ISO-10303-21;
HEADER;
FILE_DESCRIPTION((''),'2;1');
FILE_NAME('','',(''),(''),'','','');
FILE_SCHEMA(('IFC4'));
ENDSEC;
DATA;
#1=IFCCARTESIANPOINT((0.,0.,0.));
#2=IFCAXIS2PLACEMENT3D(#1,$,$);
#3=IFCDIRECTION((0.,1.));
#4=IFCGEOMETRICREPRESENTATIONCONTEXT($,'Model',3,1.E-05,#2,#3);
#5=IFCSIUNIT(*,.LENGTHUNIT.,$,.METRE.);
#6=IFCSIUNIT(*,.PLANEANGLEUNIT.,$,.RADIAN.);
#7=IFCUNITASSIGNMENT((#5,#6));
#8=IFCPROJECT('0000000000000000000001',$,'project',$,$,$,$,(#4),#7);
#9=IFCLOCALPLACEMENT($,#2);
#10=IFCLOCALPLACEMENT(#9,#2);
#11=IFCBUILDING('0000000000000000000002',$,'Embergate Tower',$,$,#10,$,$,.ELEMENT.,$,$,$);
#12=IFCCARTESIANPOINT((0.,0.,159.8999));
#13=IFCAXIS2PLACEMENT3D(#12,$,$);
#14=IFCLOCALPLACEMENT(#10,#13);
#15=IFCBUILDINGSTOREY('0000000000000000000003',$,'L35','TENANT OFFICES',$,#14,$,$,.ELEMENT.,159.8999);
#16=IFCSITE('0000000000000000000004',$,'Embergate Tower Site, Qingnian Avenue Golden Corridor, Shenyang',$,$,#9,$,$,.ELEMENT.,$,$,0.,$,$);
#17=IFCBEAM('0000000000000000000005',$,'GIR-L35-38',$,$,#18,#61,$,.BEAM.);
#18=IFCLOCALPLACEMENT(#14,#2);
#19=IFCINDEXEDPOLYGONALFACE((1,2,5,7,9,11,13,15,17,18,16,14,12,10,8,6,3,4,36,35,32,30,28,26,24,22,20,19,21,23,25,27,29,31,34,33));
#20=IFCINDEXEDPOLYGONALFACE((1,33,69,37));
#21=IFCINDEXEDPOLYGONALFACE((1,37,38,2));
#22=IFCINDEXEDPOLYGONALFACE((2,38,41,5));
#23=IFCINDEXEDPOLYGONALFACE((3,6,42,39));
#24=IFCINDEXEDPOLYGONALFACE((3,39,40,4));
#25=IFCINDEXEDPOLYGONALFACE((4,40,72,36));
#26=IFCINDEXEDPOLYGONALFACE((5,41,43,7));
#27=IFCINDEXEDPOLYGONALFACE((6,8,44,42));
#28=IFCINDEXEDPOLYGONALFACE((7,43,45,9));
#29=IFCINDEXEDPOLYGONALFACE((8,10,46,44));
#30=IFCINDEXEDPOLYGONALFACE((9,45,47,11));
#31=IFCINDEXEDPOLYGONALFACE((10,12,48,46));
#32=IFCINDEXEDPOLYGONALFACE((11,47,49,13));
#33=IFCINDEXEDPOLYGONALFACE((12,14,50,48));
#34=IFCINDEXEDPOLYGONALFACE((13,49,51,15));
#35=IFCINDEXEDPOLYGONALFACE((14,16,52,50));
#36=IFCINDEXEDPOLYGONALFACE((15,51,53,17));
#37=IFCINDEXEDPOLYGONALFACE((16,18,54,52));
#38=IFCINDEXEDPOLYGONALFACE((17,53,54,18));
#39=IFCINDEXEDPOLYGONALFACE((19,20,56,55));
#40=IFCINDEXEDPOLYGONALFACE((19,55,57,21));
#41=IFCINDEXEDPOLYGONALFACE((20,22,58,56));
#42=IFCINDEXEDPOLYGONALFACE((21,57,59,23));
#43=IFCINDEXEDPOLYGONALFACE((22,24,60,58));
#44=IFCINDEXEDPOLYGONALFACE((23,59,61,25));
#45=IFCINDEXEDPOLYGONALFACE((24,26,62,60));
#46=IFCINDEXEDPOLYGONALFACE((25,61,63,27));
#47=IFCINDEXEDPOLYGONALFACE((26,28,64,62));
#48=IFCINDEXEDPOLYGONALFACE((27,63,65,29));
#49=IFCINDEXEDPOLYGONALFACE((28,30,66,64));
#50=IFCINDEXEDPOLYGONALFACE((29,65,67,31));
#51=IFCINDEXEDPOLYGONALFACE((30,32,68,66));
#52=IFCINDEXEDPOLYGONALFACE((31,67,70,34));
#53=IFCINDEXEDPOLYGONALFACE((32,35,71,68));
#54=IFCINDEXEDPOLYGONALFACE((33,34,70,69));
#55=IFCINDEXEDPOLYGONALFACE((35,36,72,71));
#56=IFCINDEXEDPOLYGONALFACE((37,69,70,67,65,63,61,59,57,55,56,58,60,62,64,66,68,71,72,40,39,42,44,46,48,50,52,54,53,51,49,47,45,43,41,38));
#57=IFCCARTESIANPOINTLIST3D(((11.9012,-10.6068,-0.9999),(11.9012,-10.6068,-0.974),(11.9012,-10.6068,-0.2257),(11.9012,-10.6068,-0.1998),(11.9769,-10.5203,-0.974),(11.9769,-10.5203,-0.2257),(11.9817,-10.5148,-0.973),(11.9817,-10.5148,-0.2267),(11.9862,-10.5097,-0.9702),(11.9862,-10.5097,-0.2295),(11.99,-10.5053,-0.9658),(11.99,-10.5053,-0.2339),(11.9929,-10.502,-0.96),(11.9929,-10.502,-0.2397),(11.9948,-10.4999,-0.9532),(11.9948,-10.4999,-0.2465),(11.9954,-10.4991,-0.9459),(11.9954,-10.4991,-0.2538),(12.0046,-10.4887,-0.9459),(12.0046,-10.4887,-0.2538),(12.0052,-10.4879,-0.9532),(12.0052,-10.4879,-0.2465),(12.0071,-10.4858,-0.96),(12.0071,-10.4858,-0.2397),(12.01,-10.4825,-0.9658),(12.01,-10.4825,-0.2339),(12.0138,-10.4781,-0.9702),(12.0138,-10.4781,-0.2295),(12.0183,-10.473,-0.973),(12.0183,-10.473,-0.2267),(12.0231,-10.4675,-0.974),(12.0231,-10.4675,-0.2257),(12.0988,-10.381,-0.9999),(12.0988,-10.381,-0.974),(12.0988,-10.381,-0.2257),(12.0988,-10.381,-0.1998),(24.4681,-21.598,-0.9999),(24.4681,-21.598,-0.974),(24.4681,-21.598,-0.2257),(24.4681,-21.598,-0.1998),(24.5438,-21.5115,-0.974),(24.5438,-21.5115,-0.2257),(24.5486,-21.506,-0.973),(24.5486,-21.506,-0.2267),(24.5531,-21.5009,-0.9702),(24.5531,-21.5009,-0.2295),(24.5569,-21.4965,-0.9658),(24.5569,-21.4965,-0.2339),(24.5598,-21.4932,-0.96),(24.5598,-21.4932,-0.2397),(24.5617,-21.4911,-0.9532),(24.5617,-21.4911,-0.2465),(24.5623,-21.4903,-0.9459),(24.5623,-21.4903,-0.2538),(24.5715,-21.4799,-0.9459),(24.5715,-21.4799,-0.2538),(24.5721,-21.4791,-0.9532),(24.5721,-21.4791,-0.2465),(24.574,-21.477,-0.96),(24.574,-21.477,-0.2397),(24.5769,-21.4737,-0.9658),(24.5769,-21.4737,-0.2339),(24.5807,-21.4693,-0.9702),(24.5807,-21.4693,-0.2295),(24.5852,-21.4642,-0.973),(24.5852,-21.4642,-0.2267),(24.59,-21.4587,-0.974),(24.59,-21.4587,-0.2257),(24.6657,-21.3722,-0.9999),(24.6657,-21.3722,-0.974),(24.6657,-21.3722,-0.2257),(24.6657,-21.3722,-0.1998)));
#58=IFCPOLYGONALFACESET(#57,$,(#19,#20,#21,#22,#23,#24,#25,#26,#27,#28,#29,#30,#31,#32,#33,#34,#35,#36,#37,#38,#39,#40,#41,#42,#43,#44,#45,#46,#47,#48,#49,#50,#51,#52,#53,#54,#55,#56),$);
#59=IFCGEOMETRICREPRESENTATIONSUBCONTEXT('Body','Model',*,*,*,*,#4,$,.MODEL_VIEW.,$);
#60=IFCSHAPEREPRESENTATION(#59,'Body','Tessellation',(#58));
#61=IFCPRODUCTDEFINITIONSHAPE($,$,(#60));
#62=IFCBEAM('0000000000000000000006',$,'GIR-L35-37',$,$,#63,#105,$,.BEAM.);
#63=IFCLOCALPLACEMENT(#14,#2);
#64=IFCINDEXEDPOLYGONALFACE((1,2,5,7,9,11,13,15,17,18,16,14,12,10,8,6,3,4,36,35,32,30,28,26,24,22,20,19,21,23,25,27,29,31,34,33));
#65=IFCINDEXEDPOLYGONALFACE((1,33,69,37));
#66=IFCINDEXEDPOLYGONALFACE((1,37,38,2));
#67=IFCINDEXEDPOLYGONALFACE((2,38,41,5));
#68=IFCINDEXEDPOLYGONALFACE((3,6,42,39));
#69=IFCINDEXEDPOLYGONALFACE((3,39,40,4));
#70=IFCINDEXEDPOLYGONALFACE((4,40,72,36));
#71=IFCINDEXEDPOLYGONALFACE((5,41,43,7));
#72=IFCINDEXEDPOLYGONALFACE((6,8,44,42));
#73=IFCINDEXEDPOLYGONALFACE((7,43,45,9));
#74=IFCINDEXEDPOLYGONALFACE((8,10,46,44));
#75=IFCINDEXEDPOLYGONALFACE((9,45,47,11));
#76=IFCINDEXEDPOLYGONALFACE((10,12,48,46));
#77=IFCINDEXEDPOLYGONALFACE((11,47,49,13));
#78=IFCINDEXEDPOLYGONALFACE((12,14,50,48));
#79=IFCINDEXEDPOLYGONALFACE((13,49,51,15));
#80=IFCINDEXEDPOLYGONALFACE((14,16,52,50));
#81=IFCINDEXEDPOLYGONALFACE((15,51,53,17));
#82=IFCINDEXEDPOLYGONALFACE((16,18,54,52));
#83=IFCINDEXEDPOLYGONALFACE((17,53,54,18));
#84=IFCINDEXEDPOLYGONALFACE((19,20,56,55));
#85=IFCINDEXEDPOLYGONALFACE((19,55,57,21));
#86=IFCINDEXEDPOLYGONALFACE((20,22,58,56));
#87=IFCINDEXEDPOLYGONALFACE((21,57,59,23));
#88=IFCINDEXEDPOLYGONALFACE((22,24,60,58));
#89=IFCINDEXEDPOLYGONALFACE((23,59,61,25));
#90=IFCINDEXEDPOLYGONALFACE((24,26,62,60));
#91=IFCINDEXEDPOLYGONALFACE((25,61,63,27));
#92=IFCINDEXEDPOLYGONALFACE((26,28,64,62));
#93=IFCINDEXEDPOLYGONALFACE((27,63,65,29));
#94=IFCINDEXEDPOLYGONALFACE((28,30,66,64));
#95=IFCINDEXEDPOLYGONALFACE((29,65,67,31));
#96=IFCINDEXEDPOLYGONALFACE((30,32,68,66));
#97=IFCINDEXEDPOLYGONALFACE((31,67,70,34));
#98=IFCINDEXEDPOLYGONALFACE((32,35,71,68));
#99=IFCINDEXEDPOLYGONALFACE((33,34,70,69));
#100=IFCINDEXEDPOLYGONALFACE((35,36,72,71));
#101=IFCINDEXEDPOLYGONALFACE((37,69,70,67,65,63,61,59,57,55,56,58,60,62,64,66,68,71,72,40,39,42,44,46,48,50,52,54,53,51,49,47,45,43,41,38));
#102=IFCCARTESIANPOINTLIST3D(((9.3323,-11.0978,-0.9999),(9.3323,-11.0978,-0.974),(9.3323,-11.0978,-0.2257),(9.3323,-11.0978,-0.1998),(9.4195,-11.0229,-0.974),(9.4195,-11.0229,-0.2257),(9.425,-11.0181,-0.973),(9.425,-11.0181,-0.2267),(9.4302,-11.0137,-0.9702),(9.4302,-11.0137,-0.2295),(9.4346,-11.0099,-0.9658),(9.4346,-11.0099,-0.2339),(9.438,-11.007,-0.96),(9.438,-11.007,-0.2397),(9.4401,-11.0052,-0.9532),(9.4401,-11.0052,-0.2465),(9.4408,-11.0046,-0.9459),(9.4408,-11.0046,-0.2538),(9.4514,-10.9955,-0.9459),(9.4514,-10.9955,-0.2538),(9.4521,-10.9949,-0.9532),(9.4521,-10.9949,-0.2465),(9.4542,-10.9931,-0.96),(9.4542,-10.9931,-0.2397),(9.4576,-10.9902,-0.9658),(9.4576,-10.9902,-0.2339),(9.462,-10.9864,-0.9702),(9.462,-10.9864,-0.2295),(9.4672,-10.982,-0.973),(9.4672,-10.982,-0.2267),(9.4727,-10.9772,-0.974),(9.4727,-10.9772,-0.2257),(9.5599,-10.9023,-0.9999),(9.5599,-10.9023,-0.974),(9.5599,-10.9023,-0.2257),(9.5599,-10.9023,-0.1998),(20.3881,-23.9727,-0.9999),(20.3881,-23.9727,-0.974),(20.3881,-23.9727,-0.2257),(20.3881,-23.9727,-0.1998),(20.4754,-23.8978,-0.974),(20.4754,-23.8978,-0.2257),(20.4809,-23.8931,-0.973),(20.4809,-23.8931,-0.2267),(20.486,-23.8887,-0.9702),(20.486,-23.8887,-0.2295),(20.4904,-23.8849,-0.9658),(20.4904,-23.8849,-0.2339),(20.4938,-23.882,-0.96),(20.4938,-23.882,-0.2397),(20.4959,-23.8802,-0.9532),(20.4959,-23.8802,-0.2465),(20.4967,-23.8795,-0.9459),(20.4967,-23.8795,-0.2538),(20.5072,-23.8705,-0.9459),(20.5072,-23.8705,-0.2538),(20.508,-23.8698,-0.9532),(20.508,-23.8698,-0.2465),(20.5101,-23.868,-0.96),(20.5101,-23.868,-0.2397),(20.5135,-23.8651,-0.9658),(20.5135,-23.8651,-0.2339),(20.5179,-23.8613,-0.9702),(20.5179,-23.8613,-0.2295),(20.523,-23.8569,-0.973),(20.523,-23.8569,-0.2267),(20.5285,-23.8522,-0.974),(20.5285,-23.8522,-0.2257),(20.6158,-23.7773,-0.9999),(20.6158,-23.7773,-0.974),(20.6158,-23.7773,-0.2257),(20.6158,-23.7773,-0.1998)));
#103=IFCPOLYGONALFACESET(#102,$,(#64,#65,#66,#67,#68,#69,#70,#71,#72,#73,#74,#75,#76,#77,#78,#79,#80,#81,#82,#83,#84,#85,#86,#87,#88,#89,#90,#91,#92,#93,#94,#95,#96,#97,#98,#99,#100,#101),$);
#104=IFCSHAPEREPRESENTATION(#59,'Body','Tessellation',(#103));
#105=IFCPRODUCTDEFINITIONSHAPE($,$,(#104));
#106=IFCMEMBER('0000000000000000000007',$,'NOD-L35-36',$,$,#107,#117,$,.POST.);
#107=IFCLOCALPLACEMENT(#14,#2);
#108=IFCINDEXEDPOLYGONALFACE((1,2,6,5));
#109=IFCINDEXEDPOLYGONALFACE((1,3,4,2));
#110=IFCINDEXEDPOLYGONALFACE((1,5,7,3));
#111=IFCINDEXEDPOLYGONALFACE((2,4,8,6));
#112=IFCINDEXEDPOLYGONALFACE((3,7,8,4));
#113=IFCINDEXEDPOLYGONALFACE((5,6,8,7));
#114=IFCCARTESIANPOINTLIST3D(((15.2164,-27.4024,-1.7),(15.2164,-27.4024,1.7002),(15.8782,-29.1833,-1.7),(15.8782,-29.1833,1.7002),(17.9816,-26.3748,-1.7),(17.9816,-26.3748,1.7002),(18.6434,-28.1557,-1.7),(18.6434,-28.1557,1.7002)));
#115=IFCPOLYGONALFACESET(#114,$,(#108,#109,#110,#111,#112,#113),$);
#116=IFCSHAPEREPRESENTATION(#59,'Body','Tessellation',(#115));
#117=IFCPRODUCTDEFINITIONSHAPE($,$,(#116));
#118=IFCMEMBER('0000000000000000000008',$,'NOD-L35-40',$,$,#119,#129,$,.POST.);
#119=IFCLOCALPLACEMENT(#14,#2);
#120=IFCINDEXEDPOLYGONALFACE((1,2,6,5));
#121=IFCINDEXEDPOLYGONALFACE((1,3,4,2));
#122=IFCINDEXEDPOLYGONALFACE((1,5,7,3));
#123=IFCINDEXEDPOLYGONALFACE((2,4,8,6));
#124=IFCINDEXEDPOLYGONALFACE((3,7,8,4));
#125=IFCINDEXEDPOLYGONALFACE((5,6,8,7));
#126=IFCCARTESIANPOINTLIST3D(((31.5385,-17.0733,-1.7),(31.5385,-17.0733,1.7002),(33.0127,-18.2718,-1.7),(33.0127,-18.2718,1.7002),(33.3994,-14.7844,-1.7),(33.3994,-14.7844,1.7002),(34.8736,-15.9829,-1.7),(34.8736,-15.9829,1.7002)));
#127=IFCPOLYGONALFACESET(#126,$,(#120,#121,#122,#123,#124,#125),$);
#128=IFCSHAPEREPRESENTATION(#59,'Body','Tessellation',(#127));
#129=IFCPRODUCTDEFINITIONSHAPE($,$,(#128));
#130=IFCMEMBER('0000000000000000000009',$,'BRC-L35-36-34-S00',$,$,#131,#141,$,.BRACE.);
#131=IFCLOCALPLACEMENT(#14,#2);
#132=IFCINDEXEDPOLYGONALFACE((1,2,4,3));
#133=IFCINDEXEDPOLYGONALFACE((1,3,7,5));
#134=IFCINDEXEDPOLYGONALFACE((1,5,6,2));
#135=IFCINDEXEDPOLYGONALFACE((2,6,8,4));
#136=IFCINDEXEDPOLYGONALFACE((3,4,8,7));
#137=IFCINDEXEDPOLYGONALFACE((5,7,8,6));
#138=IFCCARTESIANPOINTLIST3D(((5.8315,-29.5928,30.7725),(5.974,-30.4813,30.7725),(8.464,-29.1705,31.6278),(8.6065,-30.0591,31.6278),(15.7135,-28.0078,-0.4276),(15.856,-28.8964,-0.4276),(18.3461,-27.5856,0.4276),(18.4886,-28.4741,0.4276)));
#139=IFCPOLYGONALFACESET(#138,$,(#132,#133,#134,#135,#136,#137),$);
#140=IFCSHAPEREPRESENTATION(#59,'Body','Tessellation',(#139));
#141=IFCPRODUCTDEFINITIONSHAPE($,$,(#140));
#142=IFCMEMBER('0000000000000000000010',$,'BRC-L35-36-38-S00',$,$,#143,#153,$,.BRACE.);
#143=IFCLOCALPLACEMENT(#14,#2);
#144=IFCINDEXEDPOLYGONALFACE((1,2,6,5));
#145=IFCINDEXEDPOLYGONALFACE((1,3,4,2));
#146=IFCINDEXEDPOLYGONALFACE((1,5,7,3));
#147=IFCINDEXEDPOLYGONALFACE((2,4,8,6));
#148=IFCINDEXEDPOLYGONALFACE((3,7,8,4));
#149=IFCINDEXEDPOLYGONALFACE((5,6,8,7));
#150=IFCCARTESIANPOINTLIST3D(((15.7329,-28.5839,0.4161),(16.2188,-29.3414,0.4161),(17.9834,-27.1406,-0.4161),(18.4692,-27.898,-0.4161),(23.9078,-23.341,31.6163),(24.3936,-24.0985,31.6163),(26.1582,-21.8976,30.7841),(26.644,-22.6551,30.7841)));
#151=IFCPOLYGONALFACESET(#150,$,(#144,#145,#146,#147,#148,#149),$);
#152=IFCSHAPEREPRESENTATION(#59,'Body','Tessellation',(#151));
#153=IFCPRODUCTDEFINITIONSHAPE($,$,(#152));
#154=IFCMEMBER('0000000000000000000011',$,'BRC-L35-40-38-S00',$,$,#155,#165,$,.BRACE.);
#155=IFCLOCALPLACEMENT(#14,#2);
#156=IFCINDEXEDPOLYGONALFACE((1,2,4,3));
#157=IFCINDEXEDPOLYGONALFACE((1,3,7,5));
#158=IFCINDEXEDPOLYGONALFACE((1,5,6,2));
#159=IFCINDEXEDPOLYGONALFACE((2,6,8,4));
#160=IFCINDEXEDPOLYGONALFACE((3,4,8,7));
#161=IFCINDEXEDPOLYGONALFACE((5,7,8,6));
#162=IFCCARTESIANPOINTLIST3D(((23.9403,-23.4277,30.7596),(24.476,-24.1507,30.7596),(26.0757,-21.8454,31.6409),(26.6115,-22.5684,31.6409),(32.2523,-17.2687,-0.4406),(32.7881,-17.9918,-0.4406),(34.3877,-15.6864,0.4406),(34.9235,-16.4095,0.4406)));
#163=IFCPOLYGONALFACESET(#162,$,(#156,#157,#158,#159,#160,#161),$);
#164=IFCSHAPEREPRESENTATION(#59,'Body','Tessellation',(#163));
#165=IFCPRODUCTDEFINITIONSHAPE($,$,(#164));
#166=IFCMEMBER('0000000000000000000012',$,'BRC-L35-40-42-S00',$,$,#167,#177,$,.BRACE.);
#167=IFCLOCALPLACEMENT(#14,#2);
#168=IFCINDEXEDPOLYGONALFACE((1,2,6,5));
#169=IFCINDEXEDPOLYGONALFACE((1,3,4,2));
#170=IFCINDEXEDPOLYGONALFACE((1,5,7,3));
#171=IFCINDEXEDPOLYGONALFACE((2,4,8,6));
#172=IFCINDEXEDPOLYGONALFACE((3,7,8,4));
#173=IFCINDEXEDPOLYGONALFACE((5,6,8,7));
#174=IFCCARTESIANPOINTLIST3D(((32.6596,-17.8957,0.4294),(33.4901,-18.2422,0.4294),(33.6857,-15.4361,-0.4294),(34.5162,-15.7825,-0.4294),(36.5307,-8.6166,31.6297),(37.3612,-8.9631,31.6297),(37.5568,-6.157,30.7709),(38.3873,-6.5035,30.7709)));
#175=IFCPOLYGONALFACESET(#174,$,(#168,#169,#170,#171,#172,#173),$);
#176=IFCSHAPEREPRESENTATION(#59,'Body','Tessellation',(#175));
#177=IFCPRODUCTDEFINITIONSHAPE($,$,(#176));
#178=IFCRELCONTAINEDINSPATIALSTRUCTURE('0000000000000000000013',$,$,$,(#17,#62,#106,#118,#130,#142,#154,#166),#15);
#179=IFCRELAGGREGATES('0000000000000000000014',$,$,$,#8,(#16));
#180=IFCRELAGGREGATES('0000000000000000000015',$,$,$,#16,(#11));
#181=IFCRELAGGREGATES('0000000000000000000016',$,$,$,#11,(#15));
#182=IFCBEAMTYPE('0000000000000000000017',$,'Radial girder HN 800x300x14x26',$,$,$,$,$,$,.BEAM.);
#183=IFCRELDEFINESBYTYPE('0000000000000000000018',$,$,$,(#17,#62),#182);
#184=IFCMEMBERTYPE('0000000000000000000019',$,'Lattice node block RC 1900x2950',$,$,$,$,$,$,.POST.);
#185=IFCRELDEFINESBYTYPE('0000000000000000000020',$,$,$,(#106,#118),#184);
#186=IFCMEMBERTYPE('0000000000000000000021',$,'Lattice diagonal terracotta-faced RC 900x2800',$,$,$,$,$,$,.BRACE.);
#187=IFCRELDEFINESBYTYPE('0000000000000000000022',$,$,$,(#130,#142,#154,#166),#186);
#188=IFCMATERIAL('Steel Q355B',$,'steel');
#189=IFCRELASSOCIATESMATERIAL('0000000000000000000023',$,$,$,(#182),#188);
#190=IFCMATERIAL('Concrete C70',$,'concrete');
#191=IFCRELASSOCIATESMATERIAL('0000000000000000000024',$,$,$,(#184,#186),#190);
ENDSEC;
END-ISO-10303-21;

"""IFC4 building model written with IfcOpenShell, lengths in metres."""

from ifc_helpers import new_model, si_unit, direction, frame, origin, origin_2d, place, context, subcontext, project, spatial, rectangle, i_section, extrude, source, transform, mapped, material, material_profile, profile_set, type_object, element, save


model = new_model("IFC4")

# Units and contexts
model_context = context("Model", 3, precision=1e-05, world=origin(), true_north=direction((0.0, 1.0)))
body_context = subcontext(model_context, "Body", "Model", "MODEL_VIEW")
ifc_project = project(units=[si_unit("LENGTHUNIT", "METRE"), si_unit("PLANEANGLEUNIT", "RADIAN")], contexts=[model_context])

# Site, building, storey
site_placement = place(None, origin())
site = spatial("IfcSite", under=ifc_project, at=site_placement, Name="Embergate Tower Site, Qingnian Avenue Golden Corridor, Shenyang", CompositionType="ELEMENT", RefElevation=0.0)
building_placement = place(site_placement, origin())
building = spatial("IfcBuilding", under=site, at=building_placement, Name="Embergate Tower", CompositionType="ELEMENT")
storey_placement = place(building_placement, frame((0.0, 0.0, 159.8999)))
storey = spatial("IfcBuildingStorey", under=building, at=storey_placement, Name="L35", Description="TENANT OFFICES", CompositionType="ELEMENT", Elevation=159.8999)

# Shared definitions
ifc_material_1 = material(Name="Concrete C70", Category="concrete")

# Beams
ifc_material_2 = material(Name="Steel Q355B", Category="steel")
ifc_material_profile_1 = material_profile(ifc_material_2, i_section(OverallWidth=0.3, OverallDepth=0.8, WebThickness=0.0139, FlangeThickness=0.0259, FilletRadius=0.0281, at=origin_2d()), Name="HN 800x300x14x26")
ifc_profile_set_1 = profile_set([ifc_material_profile_1], Name="Steel Q355 grade B")
beam_type_1 = type_object("IfcBeamType", Name="Radial girder HN 800x300x14x26", PredefinedType="BEAM", material=ifc_profile_set_1)
shared_shape_1 = source(origin(), body_context, "Body", "SweptSolid", [
    extrude(i_section(OverallWidth=0.3, OverallDepth=0.8, WebThickness=0.0139, FlangeThickness=0.0259, FilletRadius=0.0281, at=origin_2d()), origin(), (0.0, 0.0, 1.0), 16.6953),
])
beam_1_placement = place(storey_placement, frame((24.5669, -21.4851, -0.5999), z_axis=(-0.75272, 0.658341, 0.0), x_axis=(-0.658341, -0.75272, 0.0)))
element("IfcBeam", 1, at=beam_1_placement, inside=storey, type_object=beam_type_1, Name="GIR-L35-38", PredefinedType="BEAM", context=body_context, shape_type="MappedRepresentation", body=[
    mapped(shared_shape_1, transform((0.0, 0.0, 0.0))),
])
shared_shape_2 = source(origin(), body_context, "Body", "SweptSolid", [
    extrude(i_section(OverallWidth=0.3, OverallDepth=0.8, WebThickness=0.0139, FlangeThickness=0.0259, FilletRadius=0.0281, at=origin_2d()), origin(), (0.0, 0.0, 1.0), 16.9705),
])
beam_2_placement = place(storey_placement, frame((20.502, -23.875, -0.5999), z_axis=(-0.651477, 0.758668, 0.0), x_axis=(-0.758668, -0.651477, 0.0)))
element("IfcBeam", 2, at=beam_2_placement, inside=storey, type_object=beam_type_1, Name="GIR-L35-37", PredefinedType="BEAM", context=body_context, shape_type="MappedRepresentation", body=[
    mapped(shared_shape_2, transform((0.0, 0.0, 0.0))),
])

# Members
ifc_material_profile_2 = material_profile(ifc_material_1, rectangle(XDim=1.8999, YDim=2.95, at=origin_2d()), Name="RC 1900x2950")
ifc_profile_set_2 = profile_set([ifc_material_profile_2], Name="Concrete C70")
member_type_1 = type_object("IfcMemberType", Name="Lattice node block RC 1900x2950", PredefinedType="POST", material=ifc_profile_set_2)
shared_shape_3 = source(origin(), body_context, "Body", "SweptSolid", [
    extrude(rectangle(XDim=1.8999, YDim=2.95, at=origin_2d()), origin(), (0.0, 0.0, 1.0), 3.4001),
])
for number, where, z_axis, x_axis, name in (
    (3, (16.9299, -27.7791, -1.7), (0.0, 0.0, 1.0), (0.348343, -0.937367, 0.0), "NOD-L35-36"),
    (4, (33.2061, -16.5281, -1.7), (0.0, 0.0, 1.0), (0.775914, -0.630838, 0.0), "NOD-L35-40"),
):
    element("IfcMember", number, at=place(storey_placement, frame(where, z_axis=z_axis, x_axis=x_axis)), inside=storey, type_object=member_type_1, Name=name, PredefinedType="POST", context=body_context, shape_type="MappedRepresentation", body=[
        mapped(shared_shape_3, transform((0.0, 0.0, 0.0))),
    ])
ifc_material_profile_3 = material_profile(ifc_material_1, rectangle(XDim=0.8999, YDim=2.8, at=origin_2d()), Name="RC 900x2800")
ifc_profile_set_3 = profile_set([ifc_material_profile_3], Name="Concrete C70")
member_type_2 = type_object("IfcMemberType", Name="Lattice diagonal terracotta-faced RC 900x2800", PredefinedType="BRACE", material=ifc_profile_set_3)
shared_shape_4 = source(origin(), body_context, "Body", "SweptSolid", [
    extrude(rectangle(XDim=0.8999, YDim=2.8, at=origin_2d()), origin(), (0.0, 0.0, 1.0), 32.7661),
])
member_1_placement = place(storey_placement, frame((17.1011, -28.241, 0.0), z_axis=(-0.301594, -0.048372, 0.952209), x_axis=(0.158363, -0.987381, 0.0)))
element("IfcMember", 5, at=member_1_placement, inside=storey, type_object=member_type_2, Name="BRC-L35-36-34-S00", PredefinedType="BRACE", context=body_context, shape_type="MappedRepresentation", body=[
    mapped(shared_shape_4, transform((0.0, 0.0, 0.0))),
])
shared_shape_5 = source(origin(), body_context, "Body", "SweptSolid", [
    extrude(rectangle(XDim=0.8999, YDim=2.8, at=origin_2d()), origin(), (0.0, 0.0, 1.0), 32.6768),
])
member_2_placement = place(storey_placement, frame((17.1011, -28.241, 0.0), z_axis=(0.250172, 0.160448, 0.954814), x_axis=(-0.53986, 0.841755, 0.0)))
element("IfcMember", 6, at=member_2_placement, inside=storey, type_object=member_type_2, Name="BRC-L35-36-38-S00", PredefinedType="BRACE", context=body_context, shape_type="MappedRepresentation", body=[
    mapped(shared_shape_5, transform((0.0, 0.0, 0.0))),
])
shared_shape_6 = source(origin(), body_context, "Body", "SweptSolid", [
    extrude(rectangle(XDim=0.8999, YDim=2.8, at=origin_2d()), origin(), (0.0, 0.0, 1.0), 32.8706),
])
member_3_placement = place(storey_placement, frame((33.5879, -16.8391, 0.0), z_axis=(-0.252871, -0.187369, 0.949183), x_axis=(0.595346, -0.80347, 0.0)))
element("IfcMember", 7, at=member_3_placement, inside=storey, type_object=member_type_2, Name="BRC-L35-40-38-S00", PredefinedType="BRACE", context=body_context, shape_type="MappedRepresentation", body=[
    mapped(shared_shape_6, transform((0.0, 0.0, 0.0))),
])
shared_shape_7 = source(origin(), body_context, "Body", "SweptSolid", [
    extrude(rectangle(XDim=0.8999, YDim=2.8, at=origin_2d()), origin(), (0.0, 0.0, 1.0), 32.7803),
])
member_4_placement = place(storey_placement, frame((33.5879, -16.8391, 0.0), z_axis=(0.118093, 0.283069, 0.951801), x_axis=(-0.922907, 0.385024, 0.0)))
element("IfcMember", 8, at=member_4_placement, inside=storey, type_object=member_type_2, Name="BRC-L35-40-42-S00", PredefinedType="BRACE", context=body_context, shape_type="MappedRepresentation", body=[
    mapped(shared_shape_7, transform((0.0, 0.0, 0.0))),
])

save(model, "model.ifc")
